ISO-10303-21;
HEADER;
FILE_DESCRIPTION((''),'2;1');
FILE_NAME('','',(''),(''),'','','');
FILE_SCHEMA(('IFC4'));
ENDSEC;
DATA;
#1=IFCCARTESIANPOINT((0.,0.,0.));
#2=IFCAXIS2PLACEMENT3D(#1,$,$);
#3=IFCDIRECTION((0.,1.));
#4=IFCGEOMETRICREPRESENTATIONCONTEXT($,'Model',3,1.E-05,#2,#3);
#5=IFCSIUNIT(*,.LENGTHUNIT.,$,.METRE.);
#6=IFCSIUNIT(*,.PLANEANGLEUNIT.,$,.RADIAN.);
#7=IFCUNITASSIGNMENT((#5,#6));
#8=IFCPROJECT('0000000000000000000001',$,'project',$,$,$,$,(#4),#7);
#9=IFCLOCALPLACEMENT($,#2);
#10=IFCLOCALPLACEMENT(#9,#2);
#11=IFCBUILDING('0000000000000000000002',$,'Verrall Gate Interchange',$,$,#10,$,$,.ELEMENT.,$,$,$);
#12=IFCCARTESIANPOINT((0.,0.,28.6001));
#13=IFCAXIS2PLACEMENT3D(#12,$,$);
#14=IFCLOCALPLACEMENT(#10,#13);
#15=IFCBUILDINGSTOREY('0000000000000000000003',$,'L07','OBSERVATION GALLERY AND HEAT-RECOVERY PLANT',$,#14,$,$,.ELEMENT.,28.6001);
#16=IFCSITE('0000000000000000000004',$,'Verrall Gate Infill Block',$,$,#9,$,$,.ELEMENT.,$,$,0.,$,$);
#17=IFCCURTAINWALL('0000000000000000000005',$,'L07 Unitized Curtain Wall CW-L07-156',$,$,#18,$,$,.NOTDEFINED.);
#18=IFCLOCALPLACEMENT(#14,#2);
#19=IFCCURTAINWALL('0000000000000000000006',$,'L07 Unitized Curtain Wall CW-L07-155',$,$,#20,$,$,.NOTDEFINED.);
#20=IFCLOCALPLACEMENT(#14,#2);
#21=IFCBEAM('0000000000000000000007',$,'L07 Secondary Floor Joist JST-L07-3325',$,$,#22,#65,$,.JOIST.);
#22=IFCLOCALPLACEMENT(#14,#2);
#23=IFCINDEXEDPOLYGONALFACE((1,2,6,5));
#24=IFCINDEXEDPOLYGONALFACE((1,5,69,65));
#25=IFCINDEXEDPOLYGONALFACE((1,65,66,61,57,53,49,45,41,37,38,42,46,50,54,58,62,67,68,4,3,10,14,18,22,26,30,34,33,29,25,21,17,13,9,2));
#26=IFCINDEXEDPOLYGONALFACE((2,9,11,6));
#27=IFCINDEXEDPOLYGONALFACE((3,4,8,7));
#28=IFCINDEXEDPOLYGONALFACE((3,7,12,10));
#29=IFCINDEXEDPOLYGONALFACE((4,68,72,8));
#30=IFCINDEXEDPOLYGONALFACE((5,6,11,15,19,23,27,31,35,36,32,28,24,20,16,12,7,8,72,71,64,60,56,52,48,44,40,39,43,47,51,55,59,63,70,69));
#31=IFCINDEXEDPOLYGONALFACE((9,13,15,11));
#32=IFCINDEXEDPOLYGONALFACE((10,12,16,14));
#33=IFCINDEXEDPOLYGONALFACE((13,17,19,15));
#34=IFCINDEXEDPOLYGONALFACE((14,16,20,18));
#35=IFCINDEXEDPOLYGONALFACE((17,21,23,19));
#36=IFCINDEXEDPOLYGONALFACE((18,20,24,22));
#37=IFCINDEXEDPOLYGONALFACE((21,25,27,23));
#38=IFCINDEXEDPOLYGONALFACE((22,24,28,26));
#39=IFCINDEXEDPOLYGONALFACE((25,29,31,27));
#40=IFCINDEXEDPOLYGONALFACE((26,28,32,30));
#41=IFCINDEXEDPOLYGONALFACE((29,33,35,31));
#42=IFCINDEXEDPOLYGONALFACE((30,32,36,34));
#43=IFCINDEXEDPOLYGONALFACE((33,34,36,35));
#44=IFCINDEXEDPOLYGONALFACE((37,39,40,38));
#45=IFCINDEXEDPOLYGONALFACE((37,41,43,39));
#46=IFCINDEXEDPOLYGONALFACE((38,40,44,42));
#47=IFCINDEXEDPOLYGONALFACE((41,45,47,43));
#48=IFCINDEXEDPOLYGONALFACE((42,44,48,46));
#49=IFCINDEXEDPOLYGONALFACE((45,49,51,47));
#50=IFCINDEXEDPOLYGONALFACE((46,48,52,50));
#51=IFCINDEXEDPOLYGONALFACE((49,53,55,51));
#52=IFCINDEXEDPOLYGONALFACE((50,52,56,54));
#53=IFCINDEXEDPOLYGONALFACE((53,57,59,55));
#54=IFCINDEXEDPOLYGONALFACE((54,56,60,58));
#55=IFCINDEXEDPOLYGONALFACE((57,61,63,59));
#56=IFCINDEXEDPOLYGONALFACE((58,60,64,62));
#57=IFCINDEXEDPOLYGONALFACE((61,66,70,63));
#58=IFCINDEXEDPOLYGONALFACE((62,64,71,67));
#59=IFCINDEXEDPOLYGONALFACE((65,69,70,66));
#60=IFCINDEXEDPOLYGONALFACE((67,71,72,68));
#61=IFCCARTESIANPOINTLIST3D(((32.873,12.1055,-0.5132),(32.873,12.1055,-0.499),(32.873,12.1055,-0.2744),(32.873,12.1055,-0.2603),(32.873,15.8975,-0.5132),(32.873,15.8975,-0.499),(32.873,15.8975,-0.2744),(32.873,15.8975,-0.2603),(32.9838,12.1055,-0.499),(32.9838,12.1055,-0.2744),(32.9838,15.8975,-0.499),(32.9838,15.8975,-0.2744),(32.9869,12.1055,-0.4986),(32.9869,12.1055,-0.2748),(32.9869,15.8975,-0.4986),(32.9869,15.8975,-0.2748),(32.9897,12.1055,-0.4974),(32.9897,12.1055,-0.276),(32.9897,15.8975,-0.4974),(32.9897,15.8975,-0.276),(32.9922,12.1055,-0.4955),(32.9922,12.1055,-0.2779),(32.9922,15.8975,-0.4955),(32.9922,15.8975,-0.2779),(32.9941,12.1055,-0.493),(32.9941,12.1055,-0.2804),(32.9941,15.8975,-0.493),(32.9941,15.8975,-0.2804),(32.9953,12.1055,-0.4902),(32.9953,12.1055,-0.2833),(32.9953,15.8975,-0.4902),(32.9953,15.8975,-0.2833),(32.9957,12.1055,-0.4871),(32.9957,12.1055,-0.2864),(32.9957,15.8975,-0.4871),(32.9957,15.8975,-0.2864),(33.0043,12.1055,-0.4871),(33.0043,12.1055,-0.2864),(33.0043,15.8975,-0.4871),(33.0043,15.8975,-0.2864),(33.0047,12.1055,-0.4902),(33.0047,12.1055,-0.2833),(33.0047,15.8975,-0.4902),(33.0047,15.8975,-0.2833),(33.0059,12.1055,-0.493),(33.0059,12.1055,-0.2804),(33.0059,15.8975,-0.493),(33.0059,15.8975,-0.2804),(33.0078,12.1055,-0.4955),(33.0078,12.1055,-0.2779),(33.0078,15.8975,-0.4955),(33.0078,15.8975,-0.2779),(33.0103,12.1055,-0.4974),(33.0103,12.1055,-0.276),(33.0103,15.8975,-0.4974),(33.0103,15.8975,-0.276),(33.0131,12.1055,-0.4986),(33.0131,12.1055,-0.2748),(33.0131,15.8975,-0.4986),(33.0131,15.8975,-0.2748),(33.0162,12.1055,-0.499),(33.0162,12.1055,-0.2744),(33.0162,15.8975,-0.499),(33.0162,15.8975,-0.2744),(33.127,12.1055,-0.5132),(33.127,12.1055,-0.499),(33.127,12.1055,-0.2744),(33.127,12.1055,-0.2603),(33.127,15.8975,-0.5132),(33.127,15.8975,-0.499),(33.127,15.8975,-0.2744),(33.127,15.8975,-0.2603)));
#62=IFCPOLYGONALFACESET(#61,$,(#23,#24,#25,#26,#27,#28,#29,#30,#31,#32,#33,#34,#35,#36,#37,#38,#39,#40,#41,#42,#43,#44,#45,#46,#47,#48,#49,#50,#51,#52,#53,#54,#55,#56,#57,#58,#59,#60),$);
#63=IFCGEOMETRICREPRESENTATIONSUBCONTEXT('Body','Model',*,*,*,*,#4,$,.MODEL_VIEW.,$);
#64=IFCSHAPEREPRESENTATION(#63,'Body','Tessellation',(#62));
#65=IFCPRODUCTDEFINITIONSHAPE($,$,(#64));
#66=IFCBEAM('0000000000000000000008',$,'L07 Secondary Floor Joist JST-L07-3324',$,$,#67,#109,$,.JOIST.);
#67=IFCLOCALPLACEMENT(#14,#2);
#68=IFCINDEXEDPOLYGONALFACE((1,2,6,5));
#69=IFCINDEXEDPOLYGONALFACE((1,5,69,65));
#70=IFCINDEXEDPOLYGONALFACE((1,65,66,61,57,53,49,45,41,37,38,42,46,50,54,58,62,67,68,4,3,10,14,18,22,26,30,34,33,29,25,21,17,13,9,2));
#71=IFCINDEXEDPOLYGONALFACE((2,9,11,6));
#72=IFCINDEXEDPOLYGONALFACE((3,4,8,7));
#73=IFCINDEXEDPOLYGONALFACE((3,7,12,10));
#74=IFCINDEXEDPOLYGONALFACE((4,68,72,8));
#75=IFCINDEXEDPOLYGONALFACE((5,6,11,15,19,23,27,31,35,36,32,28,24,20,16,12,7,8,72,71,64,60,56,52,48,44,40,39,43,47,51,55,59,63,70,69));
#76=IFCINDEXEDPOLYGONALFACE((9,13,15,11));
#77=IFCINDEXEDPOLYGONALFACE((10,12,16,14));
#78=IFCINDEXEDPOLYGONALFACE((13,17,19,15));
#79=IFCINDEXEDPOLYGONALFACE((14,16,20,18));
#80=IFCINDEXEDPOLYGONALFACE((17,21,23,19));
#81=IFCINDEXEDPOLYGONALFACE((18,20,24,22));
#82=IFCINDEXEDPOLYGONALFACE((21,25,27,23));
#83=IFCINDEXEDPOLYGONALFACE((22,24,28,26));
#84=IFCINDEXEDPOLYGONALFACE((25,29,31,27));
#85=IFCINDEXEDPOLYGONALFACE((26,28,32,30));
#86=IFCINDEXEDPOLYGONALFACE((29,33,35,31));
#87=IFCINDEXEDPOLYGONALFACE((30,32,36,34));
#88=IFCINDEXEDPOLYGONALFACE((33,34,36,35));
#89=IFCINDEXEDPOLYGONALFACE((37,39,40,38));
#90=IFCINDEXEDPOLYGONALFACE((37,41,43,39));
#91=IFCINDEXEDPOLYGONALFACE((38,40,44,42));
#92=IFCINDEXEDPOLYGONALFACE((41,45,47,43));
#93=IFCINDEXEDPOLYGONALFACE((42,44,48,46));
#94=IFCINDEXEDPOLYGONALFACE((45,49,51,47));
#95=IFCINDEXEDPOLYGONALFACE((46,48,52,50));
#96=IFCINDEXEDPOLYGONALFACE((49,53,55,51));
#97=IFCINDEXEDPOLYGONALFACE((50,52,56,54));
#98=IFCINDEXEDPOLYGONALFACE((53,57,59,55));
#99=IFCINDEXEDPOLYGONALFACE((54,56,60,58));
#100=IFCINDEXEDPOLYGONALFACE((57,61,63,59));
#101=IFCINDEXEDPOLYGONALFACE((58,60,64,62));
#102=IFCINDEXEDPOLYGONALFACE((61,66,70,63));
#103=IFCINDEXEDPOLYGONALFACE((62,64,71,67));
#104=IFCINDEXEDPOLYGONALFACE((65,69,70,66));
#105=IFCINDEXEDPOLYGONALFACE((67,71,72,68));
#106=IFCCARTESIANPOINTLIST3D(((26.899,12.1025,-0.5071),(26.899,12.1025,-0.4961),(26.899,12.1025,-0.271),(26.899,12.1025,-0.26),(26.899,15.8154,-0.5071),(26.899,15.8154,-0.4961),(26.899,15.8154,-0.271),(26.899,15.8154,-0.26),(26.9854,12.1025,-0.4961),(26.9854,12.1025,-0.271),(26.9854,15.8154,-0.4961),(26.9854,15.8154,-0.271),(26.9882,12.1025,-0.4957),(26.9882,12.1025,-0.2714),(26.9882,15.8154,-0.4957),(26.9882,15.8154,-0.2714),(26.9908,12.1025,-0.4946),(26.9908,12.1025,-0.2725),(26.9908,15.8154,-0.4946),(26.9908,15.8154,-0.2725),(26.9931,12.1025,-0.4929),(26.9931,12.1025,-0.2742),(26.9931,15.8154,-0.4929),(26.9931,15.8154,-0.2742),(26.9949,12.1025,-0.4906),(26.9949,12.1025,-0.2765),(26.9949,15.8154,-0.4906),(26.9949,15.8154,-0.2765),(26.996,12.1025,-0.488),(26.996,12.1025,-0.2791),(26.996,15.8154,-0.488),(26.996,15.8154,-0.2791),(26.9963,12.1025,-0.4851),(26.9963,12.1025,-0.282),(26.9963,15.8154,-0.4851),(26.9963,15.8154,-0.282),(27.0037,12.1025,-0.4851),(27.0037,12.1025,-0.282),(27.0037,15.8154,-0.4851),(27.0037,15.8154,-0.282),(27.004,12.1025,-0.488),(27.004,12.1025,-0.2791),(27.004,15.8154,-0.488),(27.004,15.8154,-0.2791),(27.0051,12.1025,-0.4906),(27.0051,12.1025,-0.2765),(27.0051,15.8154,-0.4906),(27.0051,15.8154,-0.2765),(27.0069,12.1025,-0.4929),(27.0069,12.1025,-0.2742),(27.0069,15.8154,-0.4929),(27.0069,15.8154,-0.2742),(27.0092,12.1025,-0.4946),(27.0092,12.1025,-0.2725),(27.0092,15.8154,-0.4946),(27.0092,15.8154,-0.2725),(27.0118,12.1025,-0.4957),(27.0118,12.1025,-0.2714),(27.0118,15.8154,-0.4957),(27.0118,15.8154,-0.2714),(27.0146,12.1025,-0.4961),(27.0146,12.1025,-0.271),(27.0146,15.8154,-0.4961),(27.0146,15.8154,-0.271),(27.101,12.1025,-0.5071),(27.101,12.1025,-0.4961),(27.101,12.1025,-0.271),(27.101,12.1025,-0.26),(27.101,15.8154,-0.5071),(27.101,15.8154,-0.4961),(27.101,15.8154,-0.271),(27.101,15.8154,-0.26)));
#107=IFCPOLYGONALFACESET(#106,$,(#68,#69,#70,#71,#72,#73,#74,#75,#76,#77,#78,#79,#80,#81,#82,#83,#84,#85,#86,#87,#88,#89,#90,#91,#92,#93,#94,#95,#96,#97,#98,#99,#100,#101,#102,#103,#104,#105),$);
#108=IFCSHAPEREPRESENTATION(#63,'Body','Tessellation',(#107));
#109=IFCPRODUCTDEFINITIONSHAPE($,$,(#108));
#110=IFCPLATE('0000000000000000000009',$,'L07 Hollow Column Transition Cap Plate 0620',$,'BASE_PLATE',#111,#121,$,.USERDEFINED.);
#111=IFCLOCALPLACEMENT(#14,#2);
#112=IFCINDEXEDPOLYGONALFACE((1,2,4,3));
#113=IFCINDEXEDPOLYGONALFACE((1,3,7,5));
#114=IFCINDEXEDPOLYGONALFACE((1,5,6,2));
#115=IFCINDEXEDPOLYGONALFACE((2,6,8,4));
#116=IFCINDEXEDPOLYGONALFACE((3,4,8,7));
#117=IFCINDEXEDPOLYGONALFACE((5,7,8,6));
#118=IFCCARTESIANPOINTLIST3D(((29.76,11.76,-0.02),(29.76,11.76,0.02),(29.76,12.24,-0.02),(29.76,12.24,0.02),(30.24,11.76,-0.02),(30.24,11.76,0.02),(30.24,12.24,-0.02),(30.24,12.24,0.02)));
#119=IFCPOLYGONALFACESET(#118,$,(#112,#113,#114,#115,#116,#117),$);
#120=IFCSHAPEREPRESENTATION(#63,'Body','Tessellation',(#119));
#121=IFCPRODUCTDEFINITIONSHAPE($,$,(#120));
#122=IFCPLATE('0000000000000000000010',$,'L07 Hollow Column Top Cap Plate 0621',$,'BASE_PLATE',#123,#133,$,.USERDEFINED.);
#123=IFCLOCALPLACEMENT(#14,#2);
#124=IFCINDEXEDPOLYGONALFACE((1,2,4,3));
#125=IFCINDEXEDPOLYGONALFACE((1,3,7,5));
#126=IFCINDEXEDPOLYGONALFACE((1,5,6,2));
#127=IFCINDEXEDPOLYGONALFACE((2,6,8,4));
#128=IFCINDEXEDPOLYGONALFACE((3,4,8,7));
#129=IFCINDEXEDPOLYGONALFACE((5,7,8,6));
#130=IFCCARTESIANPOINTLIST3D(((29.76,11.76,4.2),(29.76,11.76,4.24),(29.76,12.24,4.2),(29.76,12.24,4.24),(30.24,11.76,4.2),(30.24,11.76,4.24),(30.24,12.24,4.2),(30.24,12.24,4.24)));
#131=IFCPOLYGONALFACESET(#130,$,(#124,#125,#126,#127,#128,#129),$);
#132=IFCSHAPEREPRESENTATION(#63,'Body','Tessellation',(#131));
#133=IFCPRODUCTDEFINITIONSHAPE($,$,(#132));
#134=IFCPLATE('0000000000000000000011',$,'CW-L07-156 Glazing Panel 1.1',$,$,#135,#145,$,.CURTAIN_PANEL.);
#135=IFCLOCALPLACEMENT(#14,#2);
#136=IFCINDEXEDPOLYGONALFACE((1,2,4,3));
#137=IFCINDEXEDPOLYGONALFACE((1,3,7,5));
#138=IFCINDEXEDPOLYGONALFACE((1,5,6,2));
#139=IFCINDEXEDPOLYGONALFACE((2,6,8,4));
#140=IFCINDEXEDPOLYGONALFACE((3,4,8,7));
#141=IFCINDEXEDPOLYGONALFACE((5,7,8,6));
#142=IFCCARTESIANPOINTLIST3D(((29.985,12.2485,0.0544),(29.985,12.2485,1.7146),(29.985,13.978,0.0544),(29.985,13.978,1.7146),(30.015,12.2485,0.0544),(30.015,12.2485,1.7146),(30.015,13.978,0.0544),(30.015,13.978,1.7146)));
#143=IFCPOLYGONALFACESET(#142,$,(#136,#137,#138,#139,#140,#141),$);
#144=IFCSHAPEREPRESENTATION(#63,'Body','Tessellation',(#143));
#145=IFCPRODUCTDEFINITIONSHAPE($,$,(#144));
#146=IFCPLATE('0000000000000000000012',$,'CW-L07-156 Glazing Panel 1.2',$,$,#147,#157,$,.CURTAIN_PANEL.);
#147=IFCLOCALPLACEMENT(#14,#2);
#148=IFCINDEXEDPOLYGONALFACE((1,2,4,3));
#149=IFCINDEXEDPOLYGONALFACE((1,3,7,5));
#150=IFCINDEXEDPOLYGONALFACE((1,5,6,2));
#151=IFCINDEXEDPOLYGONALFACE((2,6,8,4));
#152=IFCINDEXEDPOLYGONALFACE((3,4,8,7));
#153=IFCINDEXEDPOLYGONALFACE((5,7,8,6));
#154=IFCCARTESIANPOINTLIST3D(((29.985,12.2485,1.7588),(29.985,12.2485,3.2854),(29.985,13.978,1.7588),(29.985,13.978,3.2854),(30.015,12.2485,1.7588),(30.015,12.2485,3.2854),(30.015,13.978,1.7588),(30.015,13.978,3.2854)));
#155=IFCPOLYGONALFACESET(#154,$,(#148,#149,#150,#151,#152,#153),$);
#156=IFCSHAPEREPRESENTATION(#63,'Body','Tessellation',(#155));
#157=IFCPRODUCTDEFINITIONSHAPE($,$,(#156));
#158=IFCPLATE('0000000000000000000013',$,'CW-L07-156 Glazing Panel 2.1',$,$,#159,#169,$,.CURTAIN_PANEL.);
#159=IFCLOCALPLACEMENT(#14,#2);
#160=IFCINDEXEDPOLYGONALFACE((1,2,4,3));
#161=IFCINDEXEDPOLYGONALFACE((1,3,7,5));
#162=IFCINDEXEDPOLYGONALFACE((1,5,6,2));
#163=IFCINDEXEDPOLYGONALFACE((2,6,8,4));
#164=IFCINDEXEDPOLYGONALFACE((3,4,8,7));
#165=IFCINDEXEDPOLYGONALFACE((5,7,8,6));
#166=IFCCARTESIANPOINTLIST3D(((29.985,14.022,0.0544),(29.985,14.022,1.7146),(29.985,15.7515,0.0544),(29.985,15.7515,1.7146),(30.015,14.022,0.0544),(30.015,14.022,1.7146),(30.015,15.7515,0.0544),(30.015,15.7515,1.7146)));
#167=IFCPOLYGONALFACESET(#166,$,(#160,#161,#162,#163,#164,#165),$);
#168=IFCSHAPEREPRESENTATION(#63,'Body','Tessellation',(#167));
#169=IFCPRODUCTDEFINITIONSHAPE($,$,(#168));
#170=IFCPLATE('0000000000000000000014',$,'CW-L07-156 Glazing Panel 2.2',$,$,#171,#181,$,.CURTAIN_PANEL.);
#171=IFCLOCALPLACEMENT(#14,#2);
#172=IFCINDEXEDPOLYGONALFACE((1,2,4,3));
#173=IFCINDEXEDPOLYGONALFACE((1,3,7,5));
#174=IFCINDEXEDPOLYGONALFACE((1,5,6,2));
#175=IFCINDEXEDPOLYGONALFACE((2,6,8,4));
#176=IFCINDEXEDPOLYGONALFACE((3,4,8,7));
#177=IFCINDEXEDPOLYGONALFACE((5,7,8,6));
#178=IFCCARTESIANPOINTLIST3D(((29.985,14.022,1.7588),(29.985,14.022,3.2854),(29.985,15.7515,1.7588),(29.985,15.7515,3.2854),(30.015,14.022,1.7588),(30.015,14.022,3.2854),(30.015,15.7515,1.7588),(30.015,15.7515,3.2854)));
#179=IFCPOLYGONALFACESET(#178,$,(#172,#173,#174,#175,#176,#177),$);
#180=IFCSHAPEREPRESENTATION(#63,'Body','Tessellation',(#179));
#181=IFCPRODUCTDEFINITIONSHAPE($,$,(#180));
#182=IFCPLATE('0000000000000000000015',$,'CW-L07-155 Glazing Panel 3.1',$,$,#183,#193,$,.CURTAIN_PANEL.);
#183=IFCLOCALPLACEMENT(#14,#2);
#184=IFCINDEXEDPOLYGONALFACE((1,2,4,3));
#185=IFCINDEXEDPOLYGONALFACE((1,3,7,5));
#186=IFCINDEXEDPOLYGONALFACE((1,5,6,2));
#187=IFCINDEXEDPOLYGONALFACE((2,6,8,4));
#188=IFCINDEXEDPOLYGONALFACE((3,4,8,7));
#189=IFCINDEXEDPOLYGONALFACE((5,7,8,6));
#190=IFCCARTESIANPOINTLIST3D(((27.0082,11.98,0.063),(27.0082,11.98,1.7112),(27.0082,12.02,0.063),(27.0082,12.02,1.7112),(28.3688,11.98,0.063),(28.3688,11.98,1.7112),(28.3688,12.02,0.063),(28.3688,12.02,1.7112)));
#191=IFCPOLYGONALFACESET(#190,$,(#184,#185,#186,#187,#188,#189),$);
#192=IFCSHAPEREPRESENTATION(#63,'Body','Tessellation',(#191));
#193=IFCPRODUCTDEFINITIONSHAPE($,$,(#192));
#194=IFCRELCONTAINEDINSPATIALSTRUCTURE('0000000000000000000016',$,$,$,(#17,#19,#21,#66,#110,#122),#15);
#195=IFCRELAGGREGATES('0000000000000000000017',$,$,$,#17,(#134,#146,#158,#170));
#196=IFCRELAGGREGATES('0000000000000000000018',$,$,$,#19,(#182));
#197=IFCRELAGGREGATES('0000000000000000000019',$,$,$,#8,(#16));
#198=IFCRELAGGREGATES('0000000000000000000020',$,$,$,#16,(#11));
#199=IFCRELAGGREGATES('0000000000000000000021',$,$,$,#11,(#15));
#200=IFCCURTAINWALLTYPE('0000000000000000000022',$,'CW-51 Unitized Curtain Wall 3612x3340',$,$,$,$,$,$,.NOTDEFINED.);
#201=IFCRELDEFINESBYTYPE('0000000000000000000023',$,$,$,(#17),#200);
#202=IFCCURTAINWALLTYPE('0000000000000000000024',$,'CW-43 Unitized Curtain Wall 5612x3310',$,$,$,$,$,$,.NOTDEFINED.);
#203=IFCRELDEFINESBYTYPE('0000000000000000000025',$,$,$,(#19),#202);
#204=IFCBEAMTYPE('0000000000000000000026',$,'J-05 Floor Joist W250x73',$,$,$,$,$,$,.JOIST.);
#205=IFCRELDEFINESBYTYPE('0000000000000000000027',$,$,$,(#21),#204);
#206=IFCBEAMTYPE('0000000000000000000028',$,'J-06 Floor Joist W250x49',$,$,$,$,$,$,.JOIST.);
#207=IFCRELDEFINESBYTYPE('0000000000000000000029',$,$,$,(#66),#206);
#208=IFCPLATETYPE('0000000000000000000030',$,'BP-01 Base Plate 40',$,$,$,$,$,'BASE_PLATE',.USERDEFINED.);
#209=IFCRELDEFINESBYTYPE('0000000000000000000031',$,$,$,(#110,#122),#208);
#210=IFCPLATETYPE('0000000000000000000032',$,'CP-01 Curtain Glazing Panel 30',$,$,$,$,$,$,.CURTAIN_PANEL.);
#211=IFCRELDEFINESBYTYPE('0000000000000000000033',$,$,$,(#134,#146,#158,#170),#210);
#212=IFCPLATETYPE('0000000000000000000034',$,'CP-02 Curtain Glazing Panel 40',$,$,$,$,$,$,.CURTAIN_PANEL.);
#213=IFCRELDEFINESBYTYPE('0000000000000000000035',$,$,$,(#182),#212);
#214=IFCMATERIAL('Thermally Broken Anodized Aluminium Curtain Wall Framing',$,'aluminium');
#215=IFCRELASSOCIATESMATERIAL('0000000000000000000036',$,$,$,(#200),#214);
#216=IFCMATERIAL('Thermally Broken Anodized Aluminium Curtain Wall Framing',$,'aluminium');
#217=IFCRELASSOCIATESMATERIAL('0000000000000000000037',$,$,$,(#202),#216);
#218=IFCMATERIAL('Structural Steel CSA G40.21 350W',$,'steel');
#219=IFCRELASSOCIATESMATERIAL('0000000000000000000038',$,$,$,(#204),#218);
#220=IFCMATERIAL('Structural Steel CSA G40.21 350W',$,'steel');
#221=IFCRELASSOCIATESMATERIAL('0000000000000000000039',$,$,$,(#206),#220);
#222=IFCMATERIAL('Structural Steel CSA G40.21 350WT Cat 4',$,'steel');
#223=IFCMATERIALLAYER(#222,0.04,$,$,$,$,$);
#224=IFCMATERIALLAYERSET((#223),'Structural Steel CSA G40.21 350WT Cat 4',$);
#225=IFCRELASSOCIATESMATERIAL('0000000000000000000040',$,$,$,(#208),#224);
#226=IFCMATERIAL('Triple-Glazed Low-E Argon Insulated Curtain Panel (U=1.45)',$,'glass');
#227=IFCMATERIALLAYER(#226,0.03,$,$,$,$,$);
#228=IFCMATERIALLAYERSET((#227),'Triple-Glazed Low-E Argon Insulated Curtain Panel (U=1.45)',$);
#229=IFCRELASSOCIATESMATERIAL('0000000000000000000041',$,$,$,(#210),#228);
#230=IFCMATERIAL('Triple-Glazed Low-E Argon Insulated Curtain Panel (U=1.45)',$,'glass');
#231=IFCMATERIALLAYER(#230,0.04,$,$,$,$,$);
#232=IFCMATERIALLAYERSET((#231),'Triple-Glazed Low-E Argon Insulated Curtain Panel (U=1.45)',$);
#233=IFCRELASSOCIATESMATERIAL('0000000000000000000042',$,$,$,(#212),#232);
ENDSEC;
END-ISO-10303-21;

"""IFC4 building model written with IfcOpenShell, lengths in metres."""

from ifc_helpers import new_model, si_unit, direction, frame, origin, origin_2d, place, context, subcontext, project, spatial, rectangle, i_section, extrude, material, layer, layer_set, material_profile, profile_set, type_object, element, aggregate, save


model = new_model("IFC4")

# Units and contexts
model_context = context("Model", 3, precision=1e-05, world=origin(), true_north=direction((0.0, 1.0)))
body_context = subcontext(model_context, "Body", "Model", "MODEL_VIEW")
ifc_project = project(units=[si_unit("LENGTHUNIT", "METRE"), si_unit("PLANEANGLEUNIT", "RADIAN")], contexts=[model_context])

# Site, building, storey
site_placement = place(None, origin())
site = spatial("IfcSite", under=ifc_project, at=site_placement, Name="Verrall Gate Infill Block", CompositionType="ELEMENT", RefElevation=0.0)
building_placement = place(site_placement, origin())
building = spatial("IfcBuilding", under=site, at=building_placement, Name="Verrall Gate Interchange", CompositionType="ELEMENT")
storey_placement = place(building_placement, frame((0.0, 0.0, 28.6001)))
storey = spatial("IfcBuildingStorey", under=building, at=storey_placement, Name="L07", Description="OBSERVATION GALLERY AND HEAT-RECOVERY PLANT", CompositionType="ELEMENT", Elevation=28.6001)

# Curtain walls
ifc_material_1 = material(Name="Thermally Broken Anodized Aluminium Curtain Wall Framing", Category="aluminium")
curtain_wall_type_1 = type_object("IfcCurtainWallType", Name="CW-51 Unitized Curtain Wall 3612x3340", PredefinedType="NOTDEFINED", material=ifc_material_1)
curtain_wall_1_placement = place(storey_placement, origin())
curtain_wall_1 = element("IfcCurtainWall", 1, at=curtain_wall_1_placement, inside=storey, type_object=curtain_wall_type_1, Name="L07 Unitized Curtain Wall CW-L07-156", PredefinedType="NOTDEFINED")
ifc_material_2 = material(Name="Thermally Broken Anodized Aluminium Curtain Wall Framing", Category="aluminium")
curtain_wall_type_2 = type_object("IfcCurtainWallType", Name="CW-43 Unitized Curtain Wall 5612x3310", PredefinedType="NOTDEFINED", material=ifc_material_2)
curtain_wall_2_placement = place(storey_placement, origin())
curtain_wall_2 = element("IfcCurtainWall", 2, at=curtain_wall_2_placement, inside=storey, type_object=curtain_wall_type_2, Name="L07 Unitized Curtain Wall CW-L07-155", PredefinedType="NOTDEFINED")

# Beams
ifc_material_3 = material(Name="Structural Steel CSA G40.21 350W", Category="steel")
ifc_material_profile_1 = material_profile(ifc_material_3, i_section(OverallWidth=0.2539, OverallDepth=0.2529, WebThickness=0.0085, FlangeThickness=0.0142, FilletRadius=0.012, at=origin_2d()), Name="W250x73")
ifc_profile_set_1 = profile_set([ifc_material_profile_1], Name="Structural Steel CSA G40.21 350W")
beam_type_1 = type_object("IfcBeamType", Name="J-05 Floor Joist W250x73", PredefinedType="JOIST", material=ifc_profile_set_1)
beam_1_placement = place(storey_placement, frame((33.0, 12.1055, -0.3867), z_axis=(0.0, 1.0, 0.0), x_axis=(-1.0, 0.0, 0.0)))
element("IfcBeam", 3, at=beam_1_placement, inside=storey, type_object=beam_type_1, Name="L07 Secondary Floor Joist JST-L07-3325", PredefinedType="JOIST", context=body_context, shape_type="SweptSolid", body=[
    extrude(i_section(OverallWidth=0.2539, OverallDepth=0.2529, WebThickness=0.0085, FlangeThickness=0.0142, FilletRadius=0.012, at=origin_2d()), origin(), (0.0, 0.0, 1.0), 3.792),
])
ifc_material_4 = material(Name="Structural Steel CSA G40.21 350W", Category="steel")
ifc_material_profile_2 = material_profile(ifc_material_4, i_section(OverallWidth=0.2019, OverallDepth=0.2471, WebThickness=0.0073, FlangeThickness=0.011, FilletRadius=0.011, at=origin_2d()), Name="W250x49")
ifc_profile_set_2 = profile_set([ifc_material_profile_2], Name="Structural Steel CSA G40.21 350W")
beam_type_2 = type_object("IfcBeamType", Name="J-06 Floor Joist W250x49", PredefinedType="JOIST", material=ifc_profile_set_2)
beam_2_placement = place(storey_placement, frame((27.0, 12.1025, -0.3835), z_axis=(0.0, 1.0, 0.0), x_axis=(-1.0, 0.0, 0.0)))
element("IfcBeam", 4, at=beam_2_placement, inside=storey, type_object=beam_type_2, Name="L07 Secondary Floor Joist JST-L07-3324", PredefinedType="JOIST", context=body_context, shape_type="SweptSolid", body=[
    extrude(i_section(OverallWidth=0.2019, OverallDepth=0.2471, WebThickness=0.0073, FlangeThickness=0.011, FilletRadius=0.011, at=origin_2d()), origin(), (0.0, 0.0, 1.0), 3.7129),
])

# Plates
ifc_material_5 = material(Name="Structural Steel CSA G40.21 350WT Cat 4", Category="steel")
ifc_layer_1 = layer(ifc_material_5, 0.04)
ifc_layer_set_1 = layer_set([ifc_layer_1], Name="Structural Steel CSA G40.21 350WT Cat 4")
plate_type_1 = type_object("IfcPlateType", Name="BP-01 Base Plate 40", ElementType="BASE_PLATE", PredefinedType="USERDEFINED", material=ifc_layer_set_1)
for number, where, z_axis, x_axis, name in (
    (5, (30.0, 12.0, -0.02), (0.0, 0.0, 1.0), (1.0, 0.0, 0.0), "L07 Hollow Column Transition Cap Plate 0620"),
    (6, (30.0, 12.0, 4.2), (0.0, 0.0, 1.0), (1.0, 0.0, 0.0), "L07 Hollow Column Top Cap Plate 0621"),
):
    element("IfcPlate", number, at=place(storey_placement, frame(where, z_axis=z_axis, x_axis=x_axis)), inside=storey, type_object=plate_type_1, Name=name, ObjectType="BASE_PLATE", PredefinedType="USERDEFINED", context=body_context, shape_type="SweptSolid", body=[
        extrude(rectangle(XDim=0.48, YDim=0.48, at=origin_2d()), origin(), (0.0, 0.0, 1.0), 0.04),
    ])

# Plates
ifc_material_6 = material(Name="Triple-Glazed Low-E Argon Insulated Curtain Panel (U=1.45)", Category="glass")
ifc_layer_2 = layer(ifc_material_6, 0.03)
ifc_layer_set_2 = layer_set([ifc_layer_2], Name="Triple-Glazed Low-E Argon Insulated Curtain Panel (U=1.45)")
plate_type_2 = type_object("IfcPlateType", Name="CP-01 Curtain Glazing Panel 30", PredefinedType="CURTAIN_PANEL", material=ifc_layer_set_2)
plate_1_placement = place(storey_placement, frame((30.0, 13.1133, 0.0544), z_axis=(0.0, 0.0, 1.0), x_axis=(0.0, 1.0, 0.0)))
plate_1 = element("IfcPlate", 7, at=plate_1_placement, type_object=plate_type_2, Name="CW-L07-156 Glazing Panel 1.1", PredefinedType="CURTAIN_PANEL", context=body_context, shape_type="SweptSolid", body=[
    extrude(rectangle(XDim=1.7295, YDim=0.03, at=origin_2d()), origin(), (0.0, 0.0, 1.0), 1.6602),
])
plate_2_placement = place(storey_placement, frame((30.0, 13.1133, 1.7588), z_axis=(0.0, 0.0, 1.0), x_axis=(0.0, 1.0, 0.0)))
plate_2 = element("IfcPlate", 8, at=plate_2_placement, type_object=plate_type_2, Name="CW-L07-156 Glazing Panel 1.2", PredefinedType="CURTAIN_PANEL", context=body_context, shape_type="SweptSolid", body=[
    extrude(rectangle(XDim=1.7295, YDim=0.03, at=origin_2d()), origin(), (0.0, 0.0, 1.0), 1.5266),
])
plate_3_placement = place(storey_placement, frame((30.0, 14.8867, 0.0544), z_axis=(0.0, 0.0, 1.0), x_axis=(0.0, 1.0, 0.0)))
plate_3 = element("IfcPlate", 9, at=plate_3_placement, type_object=plate_type_2, Name="CW-L07-156 Glazing Panel 2.1", PredefinedType="CURTAIN_PANEL", context=body_context, shape_type="SweptSolid", body=[
    extrude(rectangle(XDim=1.7295, YDim=0.03, at=origin_2d()), origin(), (0.0, 0.0, 1.0), 1.6602),
])
plate_4_placement = place(storey_placement, frame((30.0, 14.8867, 1.7588), z_axis=(0.0, 0.0, 1.0), x_axis=(0.0, 1.0, 0.0)))
plate_4 = element("IfcPlate", 10, at=plate_4_placement, type_object=plate_type_2, Name="CW-L07-156 Glazing Panel 2.2", PredefinedType="CURTAIN_PANEL", context=body_context, shape_type="SweptSolid", body=[
    extrude(rectangle(XDim=1.7295, YDim=0.03, at=origin_2d()), origin(), (0.0, 0.0, 1.0), 1.5266),
])
aggregate(curtain_wall_1, [plate_1, plate_2, plate_3, plate_4])
ifc_material_7 = material(Name="Triple-Glazed Low-E Argon Insulated Curtain Panel (U=1.45)", Category="glass")
ifc_layer_3 = layer(ifc_material_7, 0.04)
ifc_layer_set_3 = layer_set([ifc_layer_3], Name="Triple-Glazed Low-E Argon Insulated Curtain Panel (U=1.45)")
plate_type_3 = type_object("IfcPlateType", Name="CP-02 Curtain Glazing Panel 40", PredefinedType="CURTAIN_PANEL", material=ifc_layer_set_3)
plate_5_placement = place(storey_placement, frame((27.6885, 12.0, 0.063), z_axis=(0.0, 0.0, 1.0), x_axis=(1.0, 0.0, 0.0)))
plate_5 = element("IfcPlate", 11, at=plate_5_placement, type_object=plate_type_3, Name="CW-L07-155 Glazing Panel 3.1", PredefinedType="CURTAIN_PANEL", context=body_context, shape_type="SweptSolid", body=[
    extrude(rectangle(XDim=1.3606, YDim=0.04, at=origin_2d()), origin(), (0.0, 0.0, 1.0), 1.6482),
])
aggregate(curtain_wall_2, [plate_5])

save(model, "model.ifc")
